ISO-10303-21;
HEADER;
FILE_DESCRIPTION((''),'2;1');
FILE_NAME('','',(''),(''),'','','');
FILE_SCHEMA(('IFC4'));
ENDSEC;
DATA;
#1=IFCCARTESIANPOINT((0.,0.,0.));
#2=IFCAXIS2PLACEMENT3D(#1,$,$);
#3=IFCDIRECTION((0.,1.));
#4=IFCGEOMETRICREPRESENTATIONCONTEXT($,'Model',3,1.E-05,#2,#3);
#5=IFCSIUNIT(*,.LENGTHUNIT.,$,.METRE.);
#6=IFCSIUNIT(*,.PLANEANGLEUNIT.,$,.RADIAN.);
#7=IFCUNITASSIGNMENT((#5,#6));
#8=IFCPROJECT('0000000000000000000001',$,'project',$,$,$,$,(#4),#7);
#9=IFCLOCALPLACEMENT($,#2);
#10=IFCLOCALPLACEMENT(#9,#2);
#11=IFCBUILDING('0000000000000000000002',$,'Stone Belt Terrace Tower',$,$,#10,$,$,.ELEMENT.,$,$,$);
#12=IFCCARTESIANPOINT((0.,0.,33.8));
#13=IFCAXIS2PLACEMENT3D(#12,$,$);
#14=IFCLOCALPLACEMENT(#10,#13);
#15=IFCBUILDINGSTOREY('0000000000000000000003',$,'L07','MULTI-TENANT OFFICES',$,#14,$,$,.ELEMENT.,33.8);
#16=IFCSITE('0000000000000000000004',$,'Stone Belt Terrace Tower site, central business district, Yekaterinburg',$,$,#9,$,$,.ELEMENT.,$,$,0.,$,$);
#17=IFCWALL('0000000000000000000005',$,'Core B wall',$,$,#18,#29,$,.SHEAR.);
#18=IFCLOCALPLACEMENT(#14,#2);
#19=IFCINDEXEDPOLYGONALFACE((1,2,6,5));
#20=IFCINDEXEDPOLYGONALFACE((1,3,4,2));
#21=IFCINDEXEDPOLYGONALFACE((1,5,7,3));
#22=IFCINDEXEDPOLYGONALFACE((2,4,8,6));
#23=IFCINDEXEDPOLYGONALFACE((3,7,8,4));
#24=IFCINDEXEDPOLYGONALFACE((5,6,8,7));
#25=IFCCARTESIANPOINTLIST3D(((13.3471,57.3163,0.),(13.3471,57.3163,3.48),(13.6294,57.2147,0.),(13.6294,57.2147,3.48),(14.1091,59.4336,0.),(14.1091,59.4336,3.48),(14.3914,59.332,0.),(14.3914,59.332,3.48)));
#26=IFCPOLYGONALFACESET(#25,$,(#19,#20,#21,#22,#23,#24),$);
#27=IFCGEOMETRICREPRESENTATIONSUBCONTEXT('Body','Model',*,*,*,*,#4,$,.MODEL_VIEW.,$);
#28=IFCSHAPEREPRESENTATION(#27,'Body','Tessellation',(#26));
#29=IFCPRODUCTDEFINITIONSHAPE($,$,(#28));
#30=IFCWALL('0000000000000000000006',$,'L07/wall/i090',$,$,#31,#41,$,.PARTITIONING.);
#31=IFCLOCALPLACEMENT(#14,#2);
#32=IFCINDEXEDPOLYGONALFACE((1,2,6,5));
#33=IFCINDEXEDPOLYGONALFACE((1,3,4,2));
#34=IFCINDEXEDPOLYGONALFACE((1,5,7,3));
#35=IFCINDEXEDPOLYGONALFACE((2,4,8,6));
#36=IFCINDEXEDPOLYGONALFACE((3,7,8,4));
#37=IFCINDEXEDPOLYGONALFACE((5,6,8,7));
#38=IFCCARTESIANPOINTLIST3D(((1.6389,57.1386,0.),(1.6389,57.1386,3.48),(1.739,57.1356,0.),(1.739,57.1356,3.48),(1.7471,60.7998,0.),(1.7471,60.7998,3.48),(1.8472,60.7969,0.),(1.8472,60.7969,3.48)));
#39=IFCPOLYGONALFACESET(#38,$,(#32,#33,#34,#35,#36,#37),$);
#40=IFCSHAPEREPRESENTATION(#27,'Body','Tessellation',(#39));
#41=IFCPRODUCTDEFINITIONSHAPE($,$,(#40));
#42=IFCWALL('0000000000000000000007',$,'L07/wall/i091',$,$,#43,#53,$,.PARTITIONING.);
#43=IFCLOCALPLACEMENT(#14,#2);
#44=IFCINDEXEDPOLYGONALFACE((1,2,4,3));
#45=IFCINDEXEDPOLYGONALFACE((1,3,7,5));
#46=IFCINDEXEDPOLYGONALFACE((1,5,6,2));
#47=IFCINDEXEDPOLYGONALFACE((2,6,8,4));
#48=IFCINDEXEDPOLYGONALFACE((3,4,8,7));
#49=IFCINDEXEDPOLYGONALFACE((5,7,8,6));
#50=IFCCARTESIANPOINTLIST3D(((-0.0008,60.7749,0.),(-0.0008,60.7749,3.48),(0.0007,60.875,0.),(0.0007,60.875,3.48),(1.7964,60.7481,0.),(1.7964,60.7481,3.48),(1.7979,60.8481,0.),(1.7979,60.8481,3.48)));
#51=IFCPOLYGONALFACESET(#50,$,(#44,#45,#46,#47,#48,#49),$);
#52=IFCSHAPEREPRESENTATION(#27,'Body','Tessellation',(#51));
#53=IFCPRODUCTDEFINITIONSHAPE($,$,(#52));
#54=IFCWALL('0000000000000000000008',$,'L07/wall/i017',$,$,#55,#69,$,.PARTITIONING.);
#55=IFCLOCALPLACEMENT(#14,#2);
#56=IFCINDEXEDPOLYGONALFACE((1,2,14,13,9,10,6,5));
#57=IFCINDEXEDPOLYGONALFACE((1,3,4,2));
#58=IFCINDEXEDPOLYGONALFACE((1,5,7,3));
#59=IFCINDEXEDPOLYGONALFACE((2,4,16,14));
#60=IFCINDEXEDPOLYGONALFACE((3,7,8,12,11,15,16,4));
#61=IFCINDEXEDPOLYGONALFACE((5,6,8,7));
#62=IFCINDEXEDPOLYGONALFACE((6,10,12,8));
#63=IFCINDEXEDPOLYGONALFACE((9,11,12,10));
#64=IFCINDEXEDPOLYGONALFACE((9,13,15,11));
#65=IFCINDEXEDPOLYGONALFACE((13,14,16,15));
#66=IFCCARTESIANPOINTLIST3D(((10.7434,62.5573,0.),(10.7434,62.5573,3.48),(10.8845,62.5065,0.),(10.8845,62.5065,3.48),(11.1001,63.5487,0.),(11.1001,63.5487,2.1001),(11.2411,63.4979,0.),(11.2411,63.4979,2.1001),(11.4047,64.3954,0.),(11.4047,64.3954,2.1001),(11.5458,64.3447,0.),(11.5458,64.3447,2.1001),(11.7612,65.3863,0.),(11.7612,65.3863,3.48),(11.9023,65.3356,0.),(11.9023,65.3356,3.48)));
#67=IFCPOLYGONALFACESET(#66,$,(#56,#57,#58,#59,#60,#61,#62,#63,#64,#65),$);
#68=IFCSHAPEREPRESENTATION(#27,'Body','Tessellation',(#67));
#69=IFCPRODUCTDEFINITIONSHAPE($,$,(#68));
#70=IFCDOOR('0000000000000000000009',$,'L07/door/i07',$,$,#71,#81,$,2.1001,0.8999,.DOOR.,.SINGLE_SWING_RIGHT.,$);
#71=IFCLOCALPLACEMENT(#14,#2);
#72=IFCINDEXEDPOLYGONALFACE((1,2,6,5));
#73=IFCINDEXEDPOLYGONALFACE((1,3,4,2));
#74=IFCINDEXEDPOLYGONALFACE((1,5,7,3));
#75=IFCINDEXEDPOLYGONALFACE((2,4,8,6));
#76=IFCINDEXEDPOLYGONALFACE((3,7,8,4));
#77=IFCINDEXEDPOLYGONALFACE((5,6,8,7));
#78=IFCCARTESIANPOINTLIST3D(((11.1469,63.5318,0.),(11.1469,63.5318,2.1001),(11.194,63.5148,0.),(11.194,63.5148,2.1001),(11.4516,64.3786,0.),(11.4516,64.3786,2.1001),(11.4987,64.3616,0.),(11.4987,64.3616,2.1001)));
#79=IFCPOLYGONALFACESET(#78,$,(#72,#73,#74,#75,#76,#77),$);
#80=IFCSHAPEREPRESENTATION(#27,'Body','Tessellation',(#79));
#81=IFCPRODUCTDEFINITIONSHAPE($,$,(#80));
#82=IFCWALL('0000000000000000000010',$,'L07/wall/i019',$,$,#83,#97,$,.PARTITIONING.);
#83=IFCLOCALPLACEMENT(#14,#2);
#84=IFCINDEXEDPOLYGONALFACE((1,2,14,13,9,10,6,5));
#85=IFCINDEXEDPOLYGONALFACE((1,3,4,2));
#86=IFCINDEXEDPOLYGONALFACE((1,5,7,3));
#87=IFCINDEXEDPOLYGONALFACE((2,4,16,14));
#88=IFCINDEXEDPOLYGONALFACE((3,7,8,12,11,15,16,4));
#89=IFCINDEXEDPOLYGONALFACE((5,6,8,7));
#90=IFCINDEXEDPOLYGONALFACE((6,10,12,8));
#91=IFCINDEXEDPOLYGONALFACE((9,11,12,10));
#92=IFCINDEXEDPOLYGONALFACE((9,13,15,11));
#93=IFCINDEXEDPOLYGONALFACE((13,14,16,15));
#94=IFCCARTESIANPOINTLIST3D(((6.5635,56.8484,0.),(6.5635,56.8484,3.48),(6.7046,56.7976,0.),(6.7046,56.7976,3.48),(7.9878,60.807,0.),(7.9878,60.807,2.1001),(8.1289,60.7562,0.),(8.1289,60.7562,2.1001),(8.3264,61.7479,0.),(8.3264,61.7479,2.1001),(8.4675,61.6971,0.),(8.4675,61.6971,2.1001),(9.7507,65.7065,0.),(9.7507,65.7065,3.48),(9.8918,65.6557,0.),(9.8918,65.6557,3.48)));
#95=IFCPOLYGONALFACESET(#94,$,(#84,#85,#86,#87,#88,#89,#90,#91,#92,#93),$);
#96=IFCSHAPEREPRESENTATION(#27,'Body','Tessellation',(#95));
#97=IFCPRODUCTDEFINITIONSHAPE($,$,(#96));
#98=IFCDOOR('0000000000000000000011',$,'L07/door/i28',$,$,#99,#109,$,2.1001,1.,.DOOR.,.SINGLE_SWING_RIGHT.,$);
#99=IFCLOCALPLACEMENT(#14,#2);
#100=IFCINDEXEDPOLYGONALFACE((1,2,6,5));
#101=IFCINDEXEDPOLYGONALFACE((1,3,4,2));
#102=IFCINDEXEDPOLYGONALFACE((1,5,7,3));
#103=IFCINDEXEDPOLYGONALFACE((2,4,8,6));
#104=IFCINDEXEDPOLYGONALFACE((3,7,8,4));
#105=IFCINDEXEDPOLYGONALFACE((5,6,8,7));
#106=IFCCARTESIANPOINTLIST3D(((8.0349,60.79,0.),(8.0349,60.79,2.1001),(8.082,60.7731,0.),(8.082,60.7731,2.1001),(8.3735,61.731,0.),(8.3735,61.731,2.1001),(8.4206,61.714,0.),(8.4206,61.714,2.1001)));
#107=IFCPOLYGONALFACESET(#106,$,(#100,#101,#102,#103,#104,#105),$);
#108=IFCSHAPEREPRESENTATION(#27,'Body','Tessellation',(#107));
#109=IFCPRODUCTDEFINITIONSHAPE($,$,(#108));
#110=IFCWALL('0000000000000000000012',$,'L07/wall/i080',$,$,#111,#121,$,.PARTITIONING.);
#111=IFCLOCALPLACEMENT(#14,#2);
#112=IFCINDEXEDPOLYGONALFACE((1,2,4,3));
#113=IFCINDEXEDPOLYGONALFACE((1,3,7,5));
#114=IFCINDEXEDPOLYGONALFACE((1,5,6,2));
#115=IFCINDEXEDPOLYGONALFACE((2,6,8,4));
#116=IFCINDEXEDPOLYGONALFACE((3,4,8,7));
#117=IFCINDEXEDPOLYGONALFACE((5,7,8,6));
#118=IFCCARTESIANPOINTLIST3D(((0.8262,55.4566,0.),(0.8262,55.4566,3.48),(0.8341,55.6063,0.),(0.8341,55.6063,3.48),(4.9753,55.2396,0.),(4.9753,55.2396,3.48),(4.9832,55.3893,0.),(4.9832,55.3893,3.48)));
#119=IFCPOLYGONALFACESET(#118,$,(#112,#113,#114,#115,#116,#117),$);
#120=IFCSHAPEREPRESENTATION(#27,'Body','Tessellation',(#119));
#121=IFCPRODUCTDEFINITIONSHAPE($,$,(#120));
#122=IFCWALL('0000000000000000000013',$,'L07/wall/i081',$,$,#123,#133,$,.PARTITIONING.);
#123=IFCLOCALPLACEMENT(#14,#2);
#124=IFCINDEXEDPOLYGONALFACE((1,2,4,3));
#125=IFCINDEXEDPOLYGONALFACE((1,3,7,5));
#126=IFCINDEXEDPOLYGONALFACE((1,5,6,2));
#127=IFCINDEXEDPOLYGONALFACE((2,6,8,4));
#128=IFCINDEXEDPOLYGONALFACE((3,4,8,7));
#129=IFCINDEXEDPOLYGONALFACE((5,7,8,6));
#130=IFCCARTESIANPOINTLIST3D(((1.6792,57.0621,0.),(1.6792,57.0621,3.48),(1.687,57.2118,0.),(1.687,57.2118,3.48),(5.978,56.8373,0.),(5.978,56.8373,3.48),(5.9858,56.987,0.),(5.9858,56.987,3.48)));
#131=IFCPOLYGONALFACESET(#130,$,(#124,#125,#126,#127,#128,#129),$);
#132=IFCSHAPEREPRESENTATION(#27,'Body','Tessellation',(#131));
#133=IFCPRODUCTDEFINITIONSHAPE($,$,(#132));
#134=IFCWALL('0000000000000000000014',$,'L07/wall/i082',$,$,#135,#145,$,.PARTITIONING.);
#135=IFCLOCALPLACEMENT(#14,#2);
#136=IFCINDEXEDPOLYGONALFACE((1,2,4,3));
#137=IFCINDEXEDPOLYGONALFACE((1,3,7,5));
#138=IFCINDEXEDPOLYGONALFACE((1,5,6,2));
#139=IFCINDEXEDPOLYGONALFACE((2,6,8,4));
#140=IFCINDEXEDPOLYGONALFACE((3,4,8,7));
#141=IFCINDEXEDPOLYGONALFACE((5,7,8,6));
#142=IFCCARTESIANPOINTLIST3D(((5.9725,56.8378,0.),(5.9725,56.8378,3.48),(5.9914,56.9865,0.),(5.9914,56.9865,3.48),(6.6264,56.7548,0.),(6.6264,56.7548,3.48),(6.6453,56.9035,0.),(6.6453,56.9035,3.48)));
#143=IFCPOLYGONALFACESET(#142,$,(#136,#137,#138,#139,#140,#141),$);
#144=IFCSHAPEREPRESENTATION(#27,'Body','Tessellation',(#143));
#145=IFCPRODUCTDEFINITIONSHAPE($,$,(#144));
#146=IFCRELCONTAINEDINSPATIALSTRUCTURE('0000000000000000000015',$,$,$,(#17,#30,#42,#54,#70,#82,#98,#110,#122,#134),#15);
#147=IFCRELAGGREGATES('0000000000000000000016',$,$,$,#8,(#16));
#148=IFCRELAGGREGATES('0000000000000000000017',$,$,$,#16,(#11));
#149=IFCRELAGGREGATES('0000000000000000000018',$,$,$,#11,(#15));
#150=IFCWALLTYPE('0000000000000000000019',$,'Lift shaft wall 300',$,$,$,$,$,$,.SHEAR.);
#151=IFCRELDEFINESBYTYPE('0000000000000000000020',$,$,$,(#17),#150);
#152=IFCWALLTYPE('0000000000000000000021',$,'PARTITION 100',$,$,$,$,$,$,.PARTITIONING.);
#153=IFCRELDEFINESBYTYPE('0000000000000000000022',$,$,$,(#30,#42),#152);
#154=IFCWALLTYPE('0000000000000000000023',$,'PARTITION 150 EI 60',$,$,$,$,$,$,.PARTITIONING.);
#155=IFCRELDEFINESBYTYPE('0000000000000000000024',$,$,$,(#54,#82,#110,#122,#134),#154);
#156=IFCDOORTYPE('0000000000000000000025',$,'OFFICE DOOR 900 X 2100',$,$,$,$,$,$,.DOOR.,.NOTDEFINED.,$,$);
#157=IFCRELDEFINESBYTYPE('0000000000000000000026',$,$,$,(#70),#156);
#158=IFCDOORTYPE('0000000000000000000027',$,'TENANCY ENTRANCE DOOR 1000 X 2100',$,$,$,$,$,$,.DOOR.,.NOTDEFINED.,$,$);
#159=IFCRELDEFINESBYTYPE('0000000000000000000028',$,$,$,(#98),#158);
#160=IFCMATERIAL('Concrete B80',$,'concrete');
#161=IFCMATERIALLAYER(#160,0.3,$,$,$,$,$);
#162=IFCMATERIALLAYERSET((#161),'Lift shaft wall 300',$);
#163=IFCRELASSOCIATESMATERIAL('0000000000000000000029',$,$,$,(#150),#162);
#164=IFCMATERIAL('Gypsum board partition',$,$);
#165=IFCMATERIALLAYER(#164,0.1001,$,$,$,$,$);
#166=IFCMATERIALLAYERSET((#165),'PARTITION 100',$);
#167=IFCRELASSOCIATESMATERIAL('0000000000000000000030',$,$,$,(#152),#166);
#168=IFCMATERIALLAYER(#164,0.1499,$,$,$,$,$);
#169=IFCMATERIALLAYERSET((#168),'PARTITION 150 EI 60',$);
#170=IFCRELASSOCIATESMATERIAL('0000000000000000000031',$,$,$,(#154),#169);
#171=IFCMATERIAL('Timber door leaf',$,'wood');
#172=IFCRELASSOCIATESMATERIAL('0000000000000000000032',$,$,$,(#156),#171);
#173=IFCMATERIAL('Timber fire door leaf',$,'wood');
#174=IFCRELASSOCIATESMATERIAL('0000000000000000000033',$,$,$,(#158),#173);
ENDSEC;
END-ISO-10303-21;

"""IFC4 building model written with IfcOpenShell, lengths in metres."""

from ifc_helpers import new_model, si_unit, direction, frame, frame_2d, origin, place, context, subcontext, project, spatial, rectangle, extrude, material, layer, layer_set, type_object, element, fill, save


model = new_model("IFC4")

# Units and contexts
model_context = context("Model", 3, precision=1e-05, world=origin(), true_north=direction((0.0, 1.0)))
body_context = subcontext(model_context, "Body", "Model", "MODEL_VIEW")
ifc_project = project(units=[si_unit("LENGTHUNIT", "METRE"), si_unit("PLANEANGLEUNIT", "RADIAN")], contexts=[model_context])

# Site, building, storey
site_placement = place(None, origin())
site = spatial("IfcSite", under=ifc_project, at=site_placement, Name="Stone Belt Terrace Tower site, central business district, Yekaterinburg", CompositionType="ELEMENT", RefElevation=0.0)
building_placement = place(site_placement, origin())
building = spatial("IfcBuilding", under=site, at=building_placement, Name="Stone Belt Terrace Tower", CompositionType="ELEMENT")
storey_placement = place(building_placement, frame((0.0, 0.0, 33.8)))
storey = spatial("IfcBuildingStorey", under=building, at=storey_placement, Name="L07", Description="MULTI-TENANT OFFICES", CompositionType="ELEMENT", Elevation=33.8)

# Shared definitions
ifc_material_1 = material(Name="Concrete B80", Category="concrete")

# Walls
ifc_layer_1 = layer(ifc_material_1, 0.3)
ifc_layer_set_1 = layer_set([ifc_layer_1], Name="Lift shaft wall 300")
wall_type_1 = type_object("IfcWallType", Name="Lift shaft wall 300", PredefinedType="SHEAR", material=ifc_layer_set_1)
wall_1_placement = place(storey_placement, frame((13.4883, 57.2656, 0.0), z_axis=(0.0, 0.0, 1.0), x_axis=(0.338631, 0.940919, 0.0)))
element("IfcWall", 1, at=wall_1_placement, inside=storey, type_object=wall_type_1, Name="Core B wall", PredefinedType="SHEAR", context=body_context, shape_type="SweptSolid", body=[
    extrude(rectangle(XDim=2.2502, YDim=0.3, at=frame_2d((1.125, 0.0))), origin(), (0.0, 0.0, 1.0), 3.48),
])
ifc_material_2 = material(Name="Gypsum board partition")
ifc_layer_2 = layer(ifc_material_2, 0.1001)
ifc_layer_set_2 = layer_set([ifc_layer_2], Name="PARTITION 100")
wall_type_2 = type_object("IfcWallType", Name="PARTITION 100", PredefinedType="PARTITIONING", material=ifc_layer_set_2)
wall_2_placement = place(storey_placement, frame((1.689, 57.137, 0.0), z_axis=(0.0, 0.0, 1.0), x_axis=(0.029528, 0.999564, 0.0)))
element("IfcWall", 2, at=wall_2_placement, inside=storey, type_object=wall_type_2, Name="L07/wall/i090", PredefinedType="PARTITIONING", context=body_context, shape_type="SweptSolid", body=[
    extrude(rectangle(XDim=3.6628, YDim=0.1001, at=frame_2d((1.8315, 0.0))), origin(), (0.0, 0.0, 1.0), 3.48),
])
wall_3_placement = place(storey_placement, frame((1.7971, 60.7981, 0.0), z_axis=(0.0, 0.0, 1.0), x_axis=(-0.999888, 0.014942, 0.0)))
element("IfcWall", 3, at=wall_3_placement, inside=storey, type_object=wall_type_2, Name="L07/wall/i091", PredefinedType="PARTITIONING", context=body_context, shape_type="SweptSolid", body=[
    extrude(rectangle(XDim=1.7974, YDim=0.1001, at=frame_2d((0.8987, 0.0))), origin(), (0.0, 0.0, 1.0), 3.48),
])

# Walls, openings, doors
ifc_layer_3 = layer(ifc_material_2, 0.1499)
ifc_layer_set_3 = layer_set([ifc_layer_3], Name="PARTITION 150 EI 60")
wall_type_3 = type_object("IfcWallType", Name="PARTITION 150 EI 60", PredefinedType="PARTITIONING", material=ifc_layer_set_3)
wall_4_placement = place(storey_placement, frame((11.8318, 65.3611, 0.0), z_axis=(0.0, 0.0, 1.0), x_axis=(-0.338527, -0.940957, 0.0)))
wall_4 = element("IfcWall", 4, at=wall_4_placement, inside=storey, type_object=wall_type_3, Name="L07/wall/i017", PredefinedType="PARTITIONING", context=body_context, shape_type="SweptSolid", body=[
    extrude(rectangle(XDim=3.0066, YDim=0.1499, at=frame_2d((1.5034, 0.0))), origin(), (0.0, 0.0, 1.0), 3.48),
])
opening_1_placement = place(wall_4_placement, frame((1.0532, 0.0, 0.0)))
opening_1 = element("IfcOpeningElement", 5, at=opening_1_placement, cuts=wall_4, PredefinedType="OPENING", context=body_context, shape_type="SweptSolid", body=[
    extrude(rectangle(XDim=0.8999, YDim=2.1001, at=frame_2d((0.45, 1.05))), frame((0.0, 0.085, 0.0), z_axis=(0.0, -1.0, 0.0), x_axis=(1.0, 0.0, 0.0)), (0.0, 0.0, 1.0), 0.1699),
])
ifc_material_3 = material(Name="Timber door leaf", Category="wood")
door_type_1 = type_object("IfcDoorType", Name="OFFICE DOOR 900 X 2100", OperationType="NOTDEFINED", PredefinedType="DOOR", material=ifc_material_3)
door_1_placement = place(opening_1_placement, origin())
door_1 = element("IfcDoor", 6, at=door_1_placement, inside=storey, type_object=door_type_1, Name="L07/door/i07", OperationType="SINGLE_SWING_RIGHT", OverallHeight=2.1001, OverallWidth=0.8999, PredefinedType="DOOR", context=body_context, shape_type="SweptSolid", body=[
    extrude(rectangle(XDim=0.8999, YDim=2.1001, at=frame_2d((0.45, 1.05))), frame((0.0, 0.0249, 0.0), z_axis=(0.0, -1.0, 0.0), x_axis=(1.0, 0.0, 0.0)), (0.0, 0.0, 1.0), 0.05),
])
fill(opening_1, door_1)
wall_5_placement = place(storey_placement, frame((6.634, 56.823, 0.0), z_axis=(0.0, 0.0, 1.0), x_axis=(0.338562, 0.940944, 0.0)))
wall_5 = element("IfcWall", 7, at=wall_5_placement, inside=storey, type_object=wall_type_3, Name="L07/wall/i019", PredefinedType="PARTITIONING", context=body_context, shape_type="SweptSolid", body=[
    extrude(rectangle(XDim=9.4141, YDim=0.1499, at=frame_2d((4.707, 0.0))), origin(), (0.0, 0.0, 1.0), 3.48),
])
opening_2_placement = place(wall_5_placement, frame((4.207, 0.0, 0.0)))
opening_2 = element("IfcOpeningElement", 8, at=opening_2_placement, cuts=wall_5, PredefinedType="OPENING", context=body_context, shape_type="SweptSolid", body=[
    extrude(rectangle(XDim=1.0, YDim=2.1001, at=frame_2d((0.5, 1.05))), frame((0.0, 0.085, 0.0), z_axis=(0.0, -1.0, 0.0), x_axis=(1.0, 0.0, 0.0)), (0.0, 0.0, 1.0), 0.1699),
])
ifc_material_4 = material(Name="Timber fire door leaf", Category="wood")
door_type_2 = type_object("IfcDoorType", Name="TENANCY ENTRANCE DOOR 1000 X 2100", OperationType="NOTDEFINED", PredefinedType="DOOR", material=ifc_material_4)
door_2_placement = place(opening_2_placement, origin())
door_2 = element("IfcDoor", 9, at=door_2_placement, inside=storey, type_object=door_type_2, Name="L07/door/i28", OperationType="SINGLE_SWING_RIGHT", OverallHeight=2.1001, OverallWidth=1.0, PredefinedType="DOOR", context=body_context, shape_type="SweptSolid", body=[
    extrude(rectangle(XDim=1.0, YDim=2.1001, at=frame_2d((0.5, 1.05))), frame((0.0, 0.0249, 0.0), z_axis=(0.0, -1.0, 0.0), x_axis=(1.0, 0.0, 0.0)), (0.0, 0.0, 1.0), 0.05),
])
fill(opening_2, door_2)

# Walls
wall_6_placement = place(storey_placement, frame((4.9792, 55.3145, 0.0), z_axis=(0.0, 0.0, 1.0), x_axis=(-0.998635, 0.052238, 0.0)))
element("IfcWall", 10, at=wall_6_placement, inside=storey, type_object=wall_type_3, Name="L07/wall/i080", PredefinedType="PARTITIONING", context=body_context, shape_type="SweptSolid", body=[
    extrude(rectangle(XDim=4.1548, YDim=0.1499, at=frame_2d((2.0774, 0.0))), origin(), (0.0, 0.0, 1.0), 3.48),
])
wall_7_placement = place(storey_placement, frame((1.6831, 57.137, 0.0), z_axis=(0.0, 0.0, 1.0), x_axis=(0.998635, -0.052234, 0.0)))
element("IfcWall", 11, at=wall_7_placement, inside=storey, type_object=wall_type_3, Name="L07/wall/i081", PredefinedType="PARTITIONING", context=body_context, shape_type="SweptSolid", body=[
    extrude(rectangle(XDim=4.3047, YDim=0.1499, at=frame_2d((2.1523, 0.0))), origin(), (0.0, 0.0, 1.0), 3.48),
])
wall_8_placement = place(storey_placement, frame((5.9819, 56.9121, 0.0), z_axis=(0.0, 0.0, 1.0), x_axis=(0.992043, -0.125903, 0.0)))
element("IfcWall", 12, at=wall_8_placement, inside=storey, type_object=wall_type_3, Name="L07/wall/i082", PredefinedType="PARTITIONING", context=body_context, shape_type="SweptSolid", body=[
    extrude(rectangle(XDim=0.6592, YDim=0.1499, at=frame_2d((0.3296, 0.0))), origin(), (0.0, 0.0, 1.0), 3.48),
])

save(model, "model.ifc")
